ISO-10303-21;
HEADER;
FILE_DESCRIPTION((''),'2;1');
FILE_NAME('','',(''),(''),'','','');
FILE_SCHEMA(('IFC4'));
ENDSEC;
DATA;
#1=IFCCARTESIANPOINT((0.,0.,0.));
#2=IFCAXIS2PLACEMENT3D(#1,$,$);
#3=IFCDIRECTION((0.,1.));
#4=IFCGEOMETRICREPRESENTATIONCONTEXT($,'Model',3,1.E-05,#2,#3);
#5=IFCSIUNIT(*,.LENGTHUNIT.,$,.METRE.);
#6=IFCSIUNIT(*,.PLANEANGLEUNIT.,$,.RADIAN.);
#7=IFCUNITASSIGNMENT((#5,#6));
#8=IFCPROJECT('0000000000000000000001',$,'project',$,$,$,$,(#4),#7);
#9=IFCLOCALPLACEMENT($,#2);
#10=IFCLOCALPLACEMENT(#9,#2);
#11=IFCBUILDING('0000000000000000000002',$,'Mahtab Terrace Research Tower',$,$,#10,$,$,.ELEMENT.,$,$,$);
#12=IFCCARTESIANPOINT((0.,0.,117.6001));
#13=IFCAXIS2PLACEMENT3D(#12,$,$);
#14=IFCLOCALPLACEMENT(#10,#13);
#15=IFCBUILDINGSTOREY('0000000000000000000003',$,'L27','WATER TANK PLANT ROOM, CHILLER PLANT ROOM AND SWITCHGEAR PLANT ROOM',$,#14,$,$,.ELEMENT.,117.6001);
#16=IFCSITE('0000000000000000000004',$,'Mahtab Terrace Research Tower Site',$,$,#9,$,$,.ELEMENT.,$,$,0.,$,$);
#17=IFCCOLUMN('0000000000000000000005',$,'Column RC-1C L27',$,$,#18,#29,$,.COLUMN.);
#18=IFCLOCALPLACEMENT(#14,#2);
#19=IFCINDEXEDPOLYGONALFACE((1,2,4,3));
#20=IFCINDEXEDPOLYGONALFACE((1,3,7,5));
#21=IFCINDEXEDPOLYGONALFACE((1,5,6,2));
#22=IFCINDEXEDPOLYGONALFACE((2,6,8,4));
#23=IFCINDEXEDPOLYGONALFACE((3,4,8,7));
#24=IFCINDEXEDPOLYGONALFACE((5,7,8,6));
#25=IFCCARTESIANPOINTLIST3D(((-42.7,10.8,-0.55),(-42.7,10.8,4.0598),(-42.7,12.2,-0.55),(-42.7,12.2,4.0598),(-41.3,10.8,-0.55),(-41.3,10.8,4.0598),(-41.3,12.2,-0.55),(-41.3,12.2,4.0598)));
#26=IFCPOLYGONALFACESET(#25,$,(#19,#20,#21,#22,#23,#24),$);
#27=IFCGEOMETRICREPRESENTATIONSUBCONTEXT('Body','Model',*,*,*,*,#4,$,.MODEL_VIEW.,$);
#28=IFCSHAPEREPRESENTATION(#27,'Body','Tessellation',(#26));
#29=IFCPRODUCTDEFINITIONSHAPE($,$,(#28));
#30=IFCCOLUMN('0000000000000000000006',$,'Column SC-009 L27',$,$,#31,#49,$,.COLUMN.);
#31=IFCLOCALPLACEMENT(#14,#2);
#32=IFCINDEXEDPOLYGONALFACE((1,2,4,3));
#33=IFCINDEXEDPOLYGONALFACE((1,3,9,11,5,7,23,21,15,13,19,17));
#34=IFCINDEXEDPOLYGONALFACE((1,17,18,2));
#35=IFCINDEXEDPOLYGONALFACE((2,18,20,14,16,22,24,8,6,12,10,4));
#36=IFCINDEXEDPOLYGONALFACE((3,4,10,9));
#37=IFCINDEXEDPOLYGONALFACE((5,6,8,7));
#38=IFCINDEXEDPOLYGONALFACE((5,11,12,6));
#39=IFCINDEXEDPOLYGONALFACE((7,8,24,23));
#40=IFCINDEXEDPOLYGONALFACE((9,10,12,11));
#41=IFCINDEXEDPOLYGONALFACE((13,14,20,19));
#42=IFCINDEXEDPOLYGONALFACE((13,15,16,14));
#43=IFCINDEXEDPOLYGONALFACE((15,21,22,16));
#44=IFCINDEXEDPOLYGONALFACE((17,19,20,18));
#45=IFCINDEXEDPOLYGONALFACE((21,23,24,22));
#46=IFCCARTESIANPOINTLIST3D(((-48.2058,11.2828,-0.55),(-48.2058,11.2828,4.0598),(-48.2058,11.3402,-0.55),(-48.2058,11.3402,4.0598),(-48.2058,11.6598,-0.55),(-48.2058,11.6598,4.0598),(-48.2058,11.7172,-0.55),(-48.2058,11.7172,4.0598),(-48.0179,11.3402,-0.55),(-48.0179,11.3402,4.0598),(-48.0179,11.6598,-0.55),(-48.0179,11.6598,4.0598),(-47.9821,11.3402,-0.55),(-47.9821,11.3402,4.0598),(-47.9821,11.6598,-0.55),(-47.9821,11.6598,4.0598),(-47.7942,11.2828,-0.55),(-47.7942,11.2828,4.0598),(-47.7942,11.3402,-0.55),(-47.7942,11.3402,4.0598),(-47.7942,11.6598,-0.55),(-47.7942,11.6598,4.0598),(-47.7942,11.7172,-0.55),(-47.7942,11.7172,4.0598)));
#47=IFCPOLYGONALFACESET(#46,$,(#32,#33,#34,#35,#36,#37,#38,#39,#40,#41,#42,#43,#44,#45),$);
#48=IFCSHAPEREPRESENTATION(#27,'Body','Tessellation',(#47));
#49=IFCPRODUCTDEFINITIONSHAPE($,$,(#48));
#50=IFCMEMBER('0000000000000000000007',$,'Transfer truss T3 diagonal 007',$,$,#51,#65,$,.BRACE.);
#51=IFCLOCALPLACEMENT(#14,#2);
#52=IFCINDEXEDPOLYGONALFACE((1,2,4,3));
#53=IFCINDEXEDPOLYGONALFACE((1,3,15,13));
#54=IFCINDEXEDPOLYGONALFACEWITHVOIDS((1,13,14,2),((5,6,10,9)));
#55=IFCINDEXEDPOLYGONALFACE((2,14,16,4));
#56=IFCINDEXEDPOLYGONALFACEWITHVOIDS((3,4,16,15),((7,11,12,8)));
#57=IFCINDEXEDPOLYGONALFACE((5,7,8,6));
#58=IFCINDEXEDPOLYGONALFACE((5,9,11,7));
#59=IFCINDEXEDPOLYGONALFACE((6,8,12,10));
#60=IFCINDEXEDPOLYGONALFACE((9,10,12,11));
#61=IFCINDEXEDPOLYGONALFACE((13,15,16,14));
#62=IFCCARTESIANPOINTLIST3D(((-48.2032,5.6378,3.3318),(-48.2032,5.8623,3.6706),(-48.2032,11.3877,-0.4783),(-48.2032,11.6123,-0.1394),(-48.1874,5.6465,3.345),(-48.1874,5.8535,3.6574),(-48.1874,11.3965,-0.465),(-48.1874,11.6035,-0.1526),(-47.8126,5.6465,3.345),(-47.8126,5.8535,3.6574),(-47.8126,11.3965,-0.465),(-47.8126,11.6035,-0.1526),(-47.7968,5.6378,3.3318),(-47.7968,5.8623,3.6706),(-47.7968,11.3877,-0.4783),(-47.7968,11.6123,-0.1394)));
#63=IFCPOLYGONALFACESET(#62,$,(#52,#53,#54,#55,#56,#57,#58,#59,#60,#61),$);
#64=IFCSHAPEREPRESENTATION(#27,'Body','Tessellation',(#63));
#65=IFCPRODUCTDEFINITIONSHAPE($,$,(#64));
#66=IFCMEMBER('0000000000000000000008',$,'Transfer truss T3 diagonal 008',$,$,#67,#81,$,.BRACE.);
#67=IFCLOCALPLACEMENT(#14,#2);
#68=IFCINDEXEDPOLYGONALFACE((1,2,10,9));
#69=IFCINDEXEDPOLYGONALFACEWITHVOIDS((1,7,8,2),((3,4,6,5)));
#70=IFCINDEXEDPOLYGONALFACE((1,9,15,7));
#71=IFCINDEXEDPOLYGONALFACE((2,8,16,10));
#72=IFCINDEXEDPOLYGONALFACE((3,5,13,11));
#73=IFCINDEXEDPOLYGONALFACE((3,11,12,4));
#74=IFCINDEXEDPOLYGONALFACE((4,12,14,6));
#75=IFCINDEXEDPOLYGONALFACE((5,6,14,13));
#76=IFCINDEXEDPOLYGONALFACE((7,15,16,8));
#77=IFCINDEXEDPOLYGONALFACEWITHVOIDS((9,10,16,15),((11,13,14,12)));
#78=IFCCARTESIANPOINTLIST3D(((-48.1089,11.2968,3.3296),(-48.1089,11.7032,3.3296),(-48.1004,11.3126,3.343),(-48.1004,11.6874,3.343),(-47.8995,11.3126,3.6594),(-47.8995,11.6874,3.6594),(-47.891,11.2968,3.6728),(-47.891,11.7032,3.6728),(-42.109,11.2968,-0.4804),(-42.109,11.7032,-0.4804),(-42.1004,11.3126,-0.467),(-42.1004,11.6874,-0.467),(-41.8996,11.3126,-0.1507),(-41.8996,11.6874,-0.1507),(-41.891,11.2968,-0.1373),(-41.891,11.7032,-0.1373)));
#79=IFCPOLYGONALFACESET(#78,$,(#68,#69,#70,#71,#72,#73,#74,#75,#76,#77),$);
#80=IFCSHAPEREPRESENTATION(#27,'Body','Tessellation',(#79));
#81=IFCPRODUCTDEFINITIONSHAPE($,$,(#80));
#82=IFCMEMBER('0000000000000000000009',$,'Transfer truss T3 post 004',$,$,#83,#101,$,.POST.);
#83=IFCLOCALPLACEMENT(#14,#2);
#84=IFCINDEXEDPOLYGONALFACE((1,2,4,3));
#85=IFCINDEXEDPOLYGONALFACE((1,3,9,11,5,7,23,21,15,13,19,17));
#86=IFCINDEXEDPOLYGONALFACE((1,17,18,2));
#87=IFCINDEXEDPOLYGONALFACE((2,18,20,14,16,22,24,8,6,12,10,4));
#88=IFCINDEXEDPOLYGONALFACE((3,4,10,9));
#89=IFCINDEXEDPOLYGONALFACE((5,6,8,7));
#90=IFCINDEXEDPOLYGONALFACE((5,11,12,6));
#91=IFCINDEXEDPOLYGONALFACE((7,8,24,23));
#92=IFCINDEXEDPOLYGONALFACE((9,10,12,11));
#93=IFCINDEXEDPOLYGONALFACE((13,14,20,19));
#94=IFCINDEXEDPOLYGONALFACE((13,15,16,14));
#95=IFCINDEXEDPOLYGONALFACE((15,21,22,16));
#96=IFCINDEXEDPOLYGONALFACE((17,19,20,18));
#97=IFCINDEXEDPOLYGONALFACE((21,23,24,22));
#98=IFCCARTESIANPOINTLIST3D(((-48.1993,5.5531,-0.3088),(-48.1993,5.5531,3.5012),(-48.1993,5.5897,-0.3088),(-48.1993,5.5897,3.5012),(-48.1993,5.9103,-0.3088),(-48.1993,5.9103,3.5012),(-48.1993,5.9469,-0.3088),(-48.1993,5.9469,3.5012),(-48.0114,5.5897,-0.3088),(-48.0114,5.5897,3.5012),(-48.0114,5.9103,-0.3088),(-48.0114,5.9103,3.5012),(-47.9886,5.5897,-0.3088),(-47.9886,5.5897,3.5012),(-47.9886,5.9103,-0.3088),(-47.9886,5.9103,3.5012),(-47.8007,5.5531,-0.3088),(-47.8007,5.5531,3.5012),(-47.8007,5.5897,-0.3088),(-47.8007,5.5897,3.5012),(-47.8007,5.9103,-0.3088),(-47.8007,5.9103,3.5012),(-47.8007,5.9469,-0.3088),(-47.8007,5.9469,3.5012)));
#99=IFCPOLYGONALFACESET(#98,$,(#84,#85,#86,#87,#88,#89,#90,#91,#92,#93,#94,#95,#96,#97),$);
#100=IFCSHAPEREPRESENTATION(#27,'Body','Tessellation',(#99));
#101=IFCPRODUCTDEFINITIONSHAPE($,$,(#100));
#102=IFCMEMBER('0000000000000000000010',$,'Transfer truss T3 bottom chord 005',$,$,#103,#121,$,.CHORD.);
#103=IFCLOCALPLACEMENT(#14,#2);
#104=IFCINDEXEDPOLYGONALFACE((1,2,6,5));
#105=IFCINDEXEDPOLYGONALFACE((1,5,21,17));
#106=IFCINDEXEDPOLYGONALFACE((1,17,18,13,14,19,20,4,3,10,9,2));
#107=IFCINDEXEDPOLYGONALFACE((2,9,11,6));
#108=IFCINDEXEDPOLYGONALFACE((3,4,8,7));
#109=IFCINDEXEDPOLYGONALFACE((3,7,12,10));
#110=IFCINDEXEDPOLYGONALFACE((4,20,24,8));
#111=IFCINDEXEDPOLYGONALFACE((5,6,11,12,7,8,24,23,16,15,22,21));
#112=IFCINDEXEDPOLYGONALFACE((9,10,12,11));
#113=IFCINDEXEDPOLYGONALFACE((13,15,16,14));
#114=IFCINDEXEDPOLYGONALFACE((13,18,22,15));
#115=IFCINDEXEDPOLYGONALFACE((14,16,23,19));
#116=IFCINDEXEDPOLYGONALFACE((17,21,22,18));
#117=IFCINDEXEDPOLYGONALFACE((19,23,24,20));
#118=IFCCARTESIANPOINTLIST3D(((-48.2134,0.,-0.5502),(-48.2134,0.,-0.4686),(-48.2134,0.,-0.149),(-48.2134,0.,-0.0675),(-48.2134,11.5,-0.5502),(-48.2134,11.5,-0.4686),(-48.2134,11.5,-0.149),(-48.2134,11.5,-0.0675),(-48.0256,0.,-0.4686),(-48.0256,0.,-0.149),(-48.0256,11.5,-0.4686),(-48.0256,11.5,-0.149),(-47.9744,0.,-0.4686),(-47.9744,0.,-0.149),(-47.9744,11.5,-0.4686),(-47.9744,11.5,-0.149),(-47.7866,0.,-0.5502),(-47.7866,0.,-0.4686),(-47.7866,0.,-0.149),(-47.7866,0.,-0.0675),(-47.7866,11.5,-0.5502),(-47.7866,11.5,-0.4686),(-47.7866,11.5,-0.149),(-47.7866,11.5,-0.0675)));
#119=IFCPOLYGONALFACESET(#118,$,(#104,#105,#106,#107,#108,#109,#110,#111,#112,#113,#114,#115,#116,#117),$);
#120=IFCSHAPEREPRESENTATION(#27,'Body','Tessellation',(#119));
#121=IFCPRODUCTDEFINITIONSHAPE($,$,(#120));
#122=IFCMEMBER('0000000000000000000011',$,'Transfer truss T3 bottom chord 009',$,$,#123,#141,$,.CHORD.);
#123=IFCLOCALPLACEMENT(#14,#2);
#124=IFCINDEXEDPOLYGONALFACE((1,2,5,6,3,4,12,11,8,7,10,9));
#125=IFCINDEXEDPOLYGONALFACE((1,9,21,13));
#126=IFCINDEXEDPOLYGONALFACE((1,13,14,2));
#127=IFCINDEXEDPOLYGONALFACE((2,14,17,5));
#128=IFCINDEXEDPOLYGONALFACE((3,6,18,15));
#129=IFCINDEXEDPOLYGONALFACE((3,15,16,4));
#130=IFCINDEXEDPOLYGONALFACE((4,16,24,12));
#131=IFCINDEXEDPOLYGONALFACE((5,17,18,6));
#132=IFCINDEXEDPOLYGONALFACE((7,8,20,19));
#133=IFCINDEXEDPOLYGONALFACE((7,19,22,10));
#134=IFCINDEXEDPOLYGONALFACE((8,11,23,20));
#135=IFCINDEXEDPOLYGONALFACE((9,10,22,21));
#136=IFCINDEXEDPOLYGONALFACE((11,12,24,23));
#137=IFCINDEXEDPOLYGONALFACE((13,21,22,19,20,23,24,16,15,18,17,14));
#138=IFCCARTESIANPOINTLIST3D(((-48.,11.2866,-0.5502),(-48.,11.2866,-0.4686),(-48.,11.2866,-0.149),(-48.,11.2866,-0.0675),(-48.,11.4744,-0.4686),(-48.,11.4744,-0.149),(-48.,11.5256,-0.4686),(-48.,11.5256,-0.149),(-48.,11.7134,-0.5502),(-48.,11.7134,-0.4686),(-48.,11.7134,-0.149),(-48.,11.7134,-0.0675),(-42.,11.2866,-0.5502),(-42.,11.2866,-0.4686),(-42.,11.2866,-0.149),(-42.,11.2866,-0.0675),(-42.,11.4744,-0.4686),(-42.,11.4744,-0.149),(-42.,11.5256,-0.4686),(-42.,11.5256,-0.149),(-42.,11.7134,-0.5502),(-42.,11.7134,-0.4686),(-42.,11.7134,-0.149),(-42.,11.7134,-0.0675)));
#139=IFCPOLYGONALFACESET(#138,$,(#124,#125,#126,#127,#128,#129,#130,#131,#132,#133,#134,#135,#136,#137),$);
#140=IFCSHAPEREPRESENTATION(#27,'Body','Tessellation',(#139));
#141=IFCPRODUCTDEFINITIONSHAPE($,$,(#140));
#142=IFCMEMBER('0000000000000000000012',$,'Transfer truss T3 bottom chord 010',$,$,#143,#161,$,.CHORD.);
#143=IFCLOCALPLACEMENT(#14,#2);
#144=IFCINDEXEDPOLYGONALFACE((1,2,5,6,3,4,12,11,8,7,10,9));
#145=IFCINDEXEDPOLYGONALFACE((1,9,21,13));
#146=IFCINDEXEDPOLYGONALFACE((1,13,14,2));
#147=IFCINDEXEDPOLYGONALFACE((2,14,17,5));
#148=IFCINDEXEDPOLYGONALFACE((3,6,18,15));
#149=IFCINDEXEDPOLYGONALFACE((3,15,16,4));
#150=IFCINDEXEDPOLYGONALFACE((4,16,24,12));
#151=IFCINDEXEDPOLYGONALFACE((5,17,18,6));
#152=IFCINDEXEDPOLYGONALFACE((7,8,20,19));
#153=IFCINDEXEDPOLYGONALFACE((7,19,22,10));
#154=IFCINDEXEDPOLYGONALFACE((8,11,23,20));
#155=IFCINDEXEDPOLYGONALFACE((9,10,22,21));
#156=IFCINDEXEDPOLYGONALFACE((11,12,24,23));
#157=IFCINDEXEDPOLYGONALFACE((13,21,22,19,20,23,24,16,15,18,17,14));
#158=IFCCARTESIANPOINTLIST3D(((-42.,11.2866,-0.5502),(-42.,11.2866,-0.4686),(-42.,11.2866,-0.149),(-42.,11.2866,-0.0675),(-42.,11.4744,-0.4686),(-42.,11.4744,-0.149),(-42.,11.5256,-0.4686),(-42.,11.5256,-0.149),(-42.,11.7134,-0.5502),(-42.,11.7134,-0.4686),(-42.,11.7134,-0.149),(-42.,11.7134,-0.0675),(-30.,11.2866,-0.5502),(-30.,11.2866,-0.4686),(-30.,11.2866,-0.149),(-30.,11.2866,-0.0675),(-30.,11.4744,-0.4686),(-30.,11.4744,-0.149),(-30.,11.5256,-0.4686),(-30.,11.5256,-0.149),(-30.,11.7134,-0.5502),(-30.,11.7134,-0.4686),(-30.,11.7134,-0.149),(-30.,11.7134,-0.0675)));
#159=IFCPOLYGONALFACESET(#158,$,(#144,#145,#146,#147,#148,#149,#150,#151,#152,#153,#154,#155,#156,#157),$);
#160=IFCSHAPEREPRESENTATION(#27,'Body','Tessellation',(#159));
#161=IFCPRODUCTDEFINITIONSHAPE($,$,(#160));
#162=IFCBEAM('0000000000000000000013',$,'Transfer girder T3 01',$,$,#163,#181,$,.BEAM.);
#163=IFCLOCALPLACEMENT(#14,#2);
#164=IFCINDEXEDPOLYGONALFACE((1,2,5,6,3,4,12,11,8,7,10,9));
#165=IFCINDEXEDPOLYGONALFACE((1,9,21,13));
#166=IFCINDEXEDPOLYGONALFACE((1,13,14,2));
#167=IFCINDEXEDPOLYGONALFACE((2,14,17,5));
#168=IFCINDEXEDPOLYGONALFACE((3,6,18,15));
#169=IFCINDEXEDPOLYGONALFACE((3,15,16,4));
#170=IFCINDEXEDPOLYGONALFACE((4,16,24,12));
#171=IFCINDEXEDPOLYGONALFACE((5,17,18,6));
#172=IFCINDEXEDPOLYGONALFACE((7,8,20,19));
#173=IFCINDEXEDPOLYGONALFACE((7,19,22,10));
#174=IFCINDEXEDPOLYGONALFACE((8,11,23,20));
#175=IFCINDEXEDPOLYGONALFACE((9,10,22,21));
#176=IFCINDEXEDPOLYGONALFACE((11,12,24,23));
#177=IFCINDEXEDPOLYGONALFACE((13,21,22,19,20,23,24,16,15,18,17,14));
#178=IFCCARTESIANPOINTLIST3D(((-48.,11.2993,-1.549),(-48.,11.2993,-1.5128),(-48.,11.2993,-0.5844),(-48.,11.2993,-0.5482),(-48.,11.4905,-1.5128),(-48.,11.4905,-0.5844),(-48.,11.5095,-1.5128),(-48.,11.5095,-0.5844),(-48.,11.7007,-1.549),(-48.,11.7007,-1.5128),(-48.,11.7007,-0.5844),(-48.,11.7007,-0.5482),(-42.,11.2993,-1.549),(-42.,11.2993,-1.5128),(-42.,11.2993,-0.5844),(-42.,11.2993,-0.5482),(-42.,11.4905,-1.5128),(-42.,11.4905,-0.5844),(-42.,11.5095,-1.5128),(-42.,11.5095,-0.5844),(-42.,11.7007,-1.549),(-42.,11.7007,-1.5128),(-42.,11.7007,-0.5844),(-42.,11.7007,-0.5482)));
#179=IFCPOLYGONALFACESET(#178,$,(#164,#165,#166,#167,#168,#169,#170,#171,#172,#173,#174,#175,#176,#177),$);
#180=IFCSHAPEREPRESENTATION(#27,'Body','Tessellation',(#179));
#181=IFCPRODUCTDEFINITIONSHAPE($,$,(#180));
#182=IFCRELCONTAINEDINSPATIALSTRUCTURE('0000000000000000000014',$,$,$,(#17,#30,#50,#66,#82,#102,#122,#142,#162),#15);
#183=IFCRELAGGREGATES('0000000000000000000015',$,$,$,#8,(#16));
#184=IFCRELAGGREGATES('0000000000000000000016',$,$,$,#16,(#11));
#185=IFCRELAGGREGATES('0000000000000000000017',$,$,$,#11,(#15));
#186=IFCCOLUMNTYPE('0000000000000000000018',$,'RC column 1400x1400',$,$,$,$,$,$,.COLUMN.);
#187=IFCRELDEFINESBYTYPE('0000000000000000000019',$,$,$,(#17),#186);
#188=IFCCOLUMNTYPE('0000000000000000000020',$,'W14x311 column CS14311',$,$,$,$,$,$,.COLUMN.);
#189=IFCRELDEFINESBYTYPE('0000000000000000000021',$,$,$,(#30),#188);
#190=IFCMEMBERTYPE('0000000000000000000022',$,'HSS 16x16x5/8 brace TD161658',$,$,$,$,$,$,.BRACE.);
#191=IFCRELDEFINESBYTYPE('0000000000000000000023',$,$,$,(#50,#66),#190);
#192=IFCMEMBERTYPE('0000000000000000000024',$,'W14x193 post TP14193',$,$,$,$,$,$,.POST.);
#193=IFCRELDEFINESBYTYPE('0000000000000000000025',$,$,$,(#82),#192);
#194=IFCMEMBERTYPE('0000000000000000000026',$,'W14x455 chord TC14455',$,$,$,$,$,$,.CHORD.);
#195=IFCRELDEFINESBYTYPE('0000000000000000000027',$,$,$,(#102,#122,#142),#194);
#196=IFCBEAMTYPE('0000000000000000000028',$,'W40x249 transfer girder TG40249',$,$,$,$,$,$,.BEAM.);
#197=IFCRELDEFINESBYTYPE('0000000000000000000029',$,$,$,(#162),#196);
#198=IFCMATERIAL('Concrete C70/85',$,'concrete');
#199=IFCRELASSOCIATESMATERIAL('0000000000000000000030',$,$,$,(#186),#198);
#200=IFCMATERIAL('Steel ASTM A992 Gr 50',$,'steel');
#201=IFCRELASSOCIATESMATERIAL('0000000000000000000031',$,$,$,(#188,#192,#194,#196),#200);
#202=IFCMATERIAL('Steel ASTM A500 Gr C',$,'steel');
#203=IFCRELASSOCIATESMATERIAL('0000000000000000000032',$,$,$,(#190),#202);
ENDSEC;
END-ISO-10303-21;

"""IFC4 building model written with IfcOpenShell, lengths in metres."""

from ifc_helpers import new_model, si_unit, direction, frame, origin, origin_2d, place, context, subcontext, project, spatial, rectangle, hollow_rectangle, i_section, extrude, material, material_profile, profile_set, type_object, element, save


model = new_model("IFC4")

# Units and contexts
model_context = context("Model", 3, precision=1e-05, world=origin(), true_north=direction((0.0, 1.0)))
body_context = subcontext(model_context, "Body", "Model", "MODEL_VIEW")
ifc_project = project(units=[si_unit("LENGTHUNIT", "METRE"), si_unit("PLANEANGLEUNIT", "RADIAN")], contexts=[model_context])

# Site, building, storey
site_placement = place(None, origin())
site = spatial("IfcSite", under=ifc_project, at=site_placement, Name="Mahtab Terrace Research Tower Site", CompositionType="ELEMENT", RefElevation=0.0)
building_placement = place(site_placement, origin())
building = spatial("IfcBuilding", under=site, at=building_placement, Name="Mahtab Terrace Research Tower", CompositionType="ELEMENT")
storey_placement = place(building_placement, frame((0.0, 0.0, 117.6001)))
storey = spatial("IfcBuildingStorey", under=building, at=storey_placement, Name="L27", Description="WATER TANK PLANT ROOM, CHILLER PLANT ROOM AND SWITCHGEAR PLANT ROOM", CompositionType="ELEMENT", Elevation=117.6001)

# Columns
ifc_material_1 = material(Name="Concrete C70/85", Category="concrete")
ifc_material_profile_1 = material_profile(ifc_material_1, rectangle(XDim=1.3999, YDim=1.3999, at=origin_2d()), Name="RC column 1400x1400")
ifc_profile_set_1 = profile_set([ifc_material_profile_1], Name="Concrete C70/85")
column_type_1 = type_object("IfcColumnType", Name="RC column 1400x1400", PredefinedType="COLUMN", material=ifc_profile_set_1)
column_1_placement = place(storey_placement, frame((-42.0, 11.5, -0.55), z_axis=(0.0, 0.0, 1.0), x_axis=(1.0, 0.0, 0.0)))
element("IfcColumn", 1, at=column_1_placement, inside=storey, type_object=column_type_1, Name="Column RC-1C L27", PredefinedType="COLUMN", context=body_context, shape_type="SweptSolid", body=[
    extrude(rectangle(XDim=1.3999, YDim=1.3999, at=origin_2d()), origin(), (0.0, 0.0, 1.0), 4.6099),
])
ifc_material_2 = material(Name="Steel ASTM A992 Gr 50", Category="steel")
ifc_material_profile_2 = material_profile(ifc_material_2, i_section(OverallWidth=0.4116, OverallDepth=0.4343, WebThickness=0.0359, FlangeThickness=0.0574, at=origin_2d()), Name="W14X311")
ifc_profile_set_2 = profile_set([ifc_material_profile_2], Name="Steel ASTM A992 Gr 50")
column_type_2 = type_object("IfcColumnType", Name="W14x311 column CS14311", PredefinedType="COLUMN", material=ifc_profile_set_2)
column_2_placement = place(storey_placement, frame((-48.0, 11.5, -0.55), z_axis=(0.0, 0.0, 1.0), x_axis=(1.0, 0.0, 0.0)))
element("IfcColumn", 2, at=column_2_placement, inside=storey, type_object=column_type_2, Name="Column SC-009 L27", PredefinedType="COLUMN", context=body_context, shape_type="SweptSolid", body=[
    extrude(i_section(OverallWidth=0.4116, OverallDepth=0.4343, WebThickness=0.0359, FlangeThickness=0.0574, at=origin_2d()), origin(), (0.0, 0.0, 1.0), 4.6099),
])

# Members
ifc_material_3 = material(Name="Steel ASTM A500 Gr C", Category="steel")
ifc_material_profile_3 = material_profile(ifc_material_3, hollow_rectangle(XDim=0.4065, YDim=0.4065, WallThickness=0.0159, at=origin_2d()), Name="HSS16X16X5/8")
ifc_profile_set_3 = profile_set([ifc_material_profile_3], Name="Steel ASTM A500 Gr C")
member_type_1 = type_object("IfcMemberType", Name="HSS 16x16x5/8 brace TD161658", PredefinedType="BRACE", material=ifc_profile_set_3)
member_1_placement = place(storey_placement, frame((-48.0, 11.5, -0.3088), z_axis=(0.0, -0.833604, 0.552362), x_axis=(1.0, 0.0, 0.0)))
element("IfcMember", 3, at=member_1_placement, inside=storey, type_object=member_type_1, Name="Transfer truss T3 diagonal 007", PredefinedType="BRACE", context=body_context, shape_type="SweptSolid", body=[
    extrude(hollow_rectangle(XDim=0.4065, YDim=0.4065, WallThickness=0.0159, at=origin_2d()), origin(), (0.0, 0.0, 1.0), 6.8977),
])
member_2_placement = place(storey_placement, frame((-42.0, 11.5, -0.3088), z_axis=(-0.844179, 0.0, 0.536062), x_axis=(0.0, -1.0, 0.0)))
element("IfcMember", 4, at=member_2_placement, inside=storey, type_object=member_type_1, Name="Transfer truss T3 diagonal 008", PredefinedType="BRACE", context=body_context, shape_type="SweptSolid", body=[
    extrude(hollow_rectangle(XDim=0.4065, YDim=0.4065, WallThickness=0.0159, at=origin_2d()), origin(), (0.0, 0.0, 1.0), 7.1074),
])
ifc_material_profile_4 = material_profile(ifc_material_2, i_section(OverallWidth=0.3987, OverallDepth=0.3938, WebThickness=0.0227, FlangeThickness=0.0366, at=origin_2d()), Name="W14X193")
ifc_profile_set_4 = profile_set([ifc_material_profile_4], Name="Steel ASTM A992 Gr 50")
member_type_2 = type_object("IfcMemberType", Name="W14x193 post TP14193", PredefinedType="POST", material=ifc_profile_set_4)
member_3_placement = place(storey_placement, frame((-48.0, 5.75, -0.3088), z_axis=(0.0, 0.0, 1.0), x_axis=(1.0, 0.0, 0.0)))
element("IfcMember", 5, at=member_3_placement, inside=storey, type_object=member_type_2, Name="Transfer truss T3 post 004", PredefinedType="POST", context=body_context, shape_type="SweptSolid", body=[
    extrude(i_section(OverallWidth=0.3987, OverallDepth=0.3938, WebThickness=0.0227, FlangeThickness=0.0366, at=origin_2d()), origin(), (0.0, 0.0, 1.0), 3.8101),
])
ifc_material_profile_5 = material_profile(ifc_material_2, i_section(OverallWidth=0.4268, OverallDepth=0.4827, WebThickness=0.0513, FlangeThickness=0.0815, at=origin_2d()), Name="W14X455")
ifc_profile_set_5 = profile_set([ifc_material_profile_5], Name="Steel ASTM A992 Gr 50")
member_type_3 = type_object("IfcMemberType", Name="W14x455 chord TC14455", PredefinedType="CHORD", material=ifc_profile_set_5)
member_4_placement = place(storey_placement, frame((-48.0, 11.5, -0.3088), z_axis=(0.0, -1.0, 0.0), x_axis=(1.0, 0.0, 0.0)))
element("IfcMember", 6, at=member_4_placement, inside=storey, type_object=member_type_3, Name="Transfer truss T3 bottom chord 005", PredefinedType="CHORD", context=body_context, shape_type="SweptSolid", body=[
    extrude(i_section(OverallWidth=0.4268, OverallDepth=0.4827, WebThickness=0.0513, FlangeThickness=0.0815, at=origin_2d()), origin(), (0.0, 0.0, 1.0), 11.5),
])
member_5_placement = place(storey_placement, frame((-48.0, 11.5, -0.3088), z_axis=(1.0, 0.0, 0.0), x_axis=(0.0, 1.0, 0.0)))
element("IfcMember", 7, at=member_5_placement, inside=storey, type_object=member_type_3, Name="Transfer truss T3 bottom chord 009", PredefinedType="CHORD", context=body_context, shape_type="SweptSolid", body=[
    extrude(i_section(OverallWidth=0.4268, OverallDepth=0.4827, WebThickness=0.0513, FlangeThickness=0.0815, at=origin_2d()), origin(), (0.0, 0.0, 1.0), 6.0),
])
member_6_placement = place(storey_placement, frame((-42.0, 11.5, -0.3088), z_axis=(1.0, 0.0, 0.0), x_axis=(0.0, 1.0, 0.0)))
element("IfcMember", 8, at=member_6_placement, inside=storey, type_object=member_type_3, Name="Transfer truss T3 bottom chord 010", PredefinedType="CHORD", context=body_context, shape_type="SweptSolid", body=[
    extrude(i_section(OverallWidth=0.4268, OverallDepth=0.4827, WebThickness=0.0513, FlangeThickness=0.0815, at=origin_2d()), origin(), (0.0, 0.0, 1.0), 12.0),
])

# Beam
ifc_material_profile_6 = material_profile(ifc_material_2, i_section(OverallWidth=0.4014, OverallDepth=1.0007, WebThickness=0.019, FlangeThickness=0.0361, at=origin_2d()), Name="W40X249")
ifc_profile_set_6 = profile_set([ifc_material_profile_6], Name="Steel ASTM A992 Gr 50")
beam_type = type_object("IfcBeamType", Name="W40x249 transfer girder TG40249", PredefinedType="BEAM", material=ifc_profile_set_6)
beam_placement = place(storey_placement, frame((-48.0, 11.5, -1.0486), z_axis=(1.0, 0.0, 0.0), x_axis=(0.0, 1.0, 0.0)))
element("IfcBeam", 9, at=beam_placement, inside=storey, type_object=beam_type, Name="Transfer girder T3 01", PredefinedType="BEAM", context=body_context, shape_type="SweptSolid", body=[
    extrude(i_section(OverallWidth=0.4014, OverallDepth=1.0007, WebThickness=0.019, FlangeThickness=0.0361, at=origin_2d()), origin(), (0.0, 0.0, 1.0), 6.0),
])

save(model, "model.ifc")
